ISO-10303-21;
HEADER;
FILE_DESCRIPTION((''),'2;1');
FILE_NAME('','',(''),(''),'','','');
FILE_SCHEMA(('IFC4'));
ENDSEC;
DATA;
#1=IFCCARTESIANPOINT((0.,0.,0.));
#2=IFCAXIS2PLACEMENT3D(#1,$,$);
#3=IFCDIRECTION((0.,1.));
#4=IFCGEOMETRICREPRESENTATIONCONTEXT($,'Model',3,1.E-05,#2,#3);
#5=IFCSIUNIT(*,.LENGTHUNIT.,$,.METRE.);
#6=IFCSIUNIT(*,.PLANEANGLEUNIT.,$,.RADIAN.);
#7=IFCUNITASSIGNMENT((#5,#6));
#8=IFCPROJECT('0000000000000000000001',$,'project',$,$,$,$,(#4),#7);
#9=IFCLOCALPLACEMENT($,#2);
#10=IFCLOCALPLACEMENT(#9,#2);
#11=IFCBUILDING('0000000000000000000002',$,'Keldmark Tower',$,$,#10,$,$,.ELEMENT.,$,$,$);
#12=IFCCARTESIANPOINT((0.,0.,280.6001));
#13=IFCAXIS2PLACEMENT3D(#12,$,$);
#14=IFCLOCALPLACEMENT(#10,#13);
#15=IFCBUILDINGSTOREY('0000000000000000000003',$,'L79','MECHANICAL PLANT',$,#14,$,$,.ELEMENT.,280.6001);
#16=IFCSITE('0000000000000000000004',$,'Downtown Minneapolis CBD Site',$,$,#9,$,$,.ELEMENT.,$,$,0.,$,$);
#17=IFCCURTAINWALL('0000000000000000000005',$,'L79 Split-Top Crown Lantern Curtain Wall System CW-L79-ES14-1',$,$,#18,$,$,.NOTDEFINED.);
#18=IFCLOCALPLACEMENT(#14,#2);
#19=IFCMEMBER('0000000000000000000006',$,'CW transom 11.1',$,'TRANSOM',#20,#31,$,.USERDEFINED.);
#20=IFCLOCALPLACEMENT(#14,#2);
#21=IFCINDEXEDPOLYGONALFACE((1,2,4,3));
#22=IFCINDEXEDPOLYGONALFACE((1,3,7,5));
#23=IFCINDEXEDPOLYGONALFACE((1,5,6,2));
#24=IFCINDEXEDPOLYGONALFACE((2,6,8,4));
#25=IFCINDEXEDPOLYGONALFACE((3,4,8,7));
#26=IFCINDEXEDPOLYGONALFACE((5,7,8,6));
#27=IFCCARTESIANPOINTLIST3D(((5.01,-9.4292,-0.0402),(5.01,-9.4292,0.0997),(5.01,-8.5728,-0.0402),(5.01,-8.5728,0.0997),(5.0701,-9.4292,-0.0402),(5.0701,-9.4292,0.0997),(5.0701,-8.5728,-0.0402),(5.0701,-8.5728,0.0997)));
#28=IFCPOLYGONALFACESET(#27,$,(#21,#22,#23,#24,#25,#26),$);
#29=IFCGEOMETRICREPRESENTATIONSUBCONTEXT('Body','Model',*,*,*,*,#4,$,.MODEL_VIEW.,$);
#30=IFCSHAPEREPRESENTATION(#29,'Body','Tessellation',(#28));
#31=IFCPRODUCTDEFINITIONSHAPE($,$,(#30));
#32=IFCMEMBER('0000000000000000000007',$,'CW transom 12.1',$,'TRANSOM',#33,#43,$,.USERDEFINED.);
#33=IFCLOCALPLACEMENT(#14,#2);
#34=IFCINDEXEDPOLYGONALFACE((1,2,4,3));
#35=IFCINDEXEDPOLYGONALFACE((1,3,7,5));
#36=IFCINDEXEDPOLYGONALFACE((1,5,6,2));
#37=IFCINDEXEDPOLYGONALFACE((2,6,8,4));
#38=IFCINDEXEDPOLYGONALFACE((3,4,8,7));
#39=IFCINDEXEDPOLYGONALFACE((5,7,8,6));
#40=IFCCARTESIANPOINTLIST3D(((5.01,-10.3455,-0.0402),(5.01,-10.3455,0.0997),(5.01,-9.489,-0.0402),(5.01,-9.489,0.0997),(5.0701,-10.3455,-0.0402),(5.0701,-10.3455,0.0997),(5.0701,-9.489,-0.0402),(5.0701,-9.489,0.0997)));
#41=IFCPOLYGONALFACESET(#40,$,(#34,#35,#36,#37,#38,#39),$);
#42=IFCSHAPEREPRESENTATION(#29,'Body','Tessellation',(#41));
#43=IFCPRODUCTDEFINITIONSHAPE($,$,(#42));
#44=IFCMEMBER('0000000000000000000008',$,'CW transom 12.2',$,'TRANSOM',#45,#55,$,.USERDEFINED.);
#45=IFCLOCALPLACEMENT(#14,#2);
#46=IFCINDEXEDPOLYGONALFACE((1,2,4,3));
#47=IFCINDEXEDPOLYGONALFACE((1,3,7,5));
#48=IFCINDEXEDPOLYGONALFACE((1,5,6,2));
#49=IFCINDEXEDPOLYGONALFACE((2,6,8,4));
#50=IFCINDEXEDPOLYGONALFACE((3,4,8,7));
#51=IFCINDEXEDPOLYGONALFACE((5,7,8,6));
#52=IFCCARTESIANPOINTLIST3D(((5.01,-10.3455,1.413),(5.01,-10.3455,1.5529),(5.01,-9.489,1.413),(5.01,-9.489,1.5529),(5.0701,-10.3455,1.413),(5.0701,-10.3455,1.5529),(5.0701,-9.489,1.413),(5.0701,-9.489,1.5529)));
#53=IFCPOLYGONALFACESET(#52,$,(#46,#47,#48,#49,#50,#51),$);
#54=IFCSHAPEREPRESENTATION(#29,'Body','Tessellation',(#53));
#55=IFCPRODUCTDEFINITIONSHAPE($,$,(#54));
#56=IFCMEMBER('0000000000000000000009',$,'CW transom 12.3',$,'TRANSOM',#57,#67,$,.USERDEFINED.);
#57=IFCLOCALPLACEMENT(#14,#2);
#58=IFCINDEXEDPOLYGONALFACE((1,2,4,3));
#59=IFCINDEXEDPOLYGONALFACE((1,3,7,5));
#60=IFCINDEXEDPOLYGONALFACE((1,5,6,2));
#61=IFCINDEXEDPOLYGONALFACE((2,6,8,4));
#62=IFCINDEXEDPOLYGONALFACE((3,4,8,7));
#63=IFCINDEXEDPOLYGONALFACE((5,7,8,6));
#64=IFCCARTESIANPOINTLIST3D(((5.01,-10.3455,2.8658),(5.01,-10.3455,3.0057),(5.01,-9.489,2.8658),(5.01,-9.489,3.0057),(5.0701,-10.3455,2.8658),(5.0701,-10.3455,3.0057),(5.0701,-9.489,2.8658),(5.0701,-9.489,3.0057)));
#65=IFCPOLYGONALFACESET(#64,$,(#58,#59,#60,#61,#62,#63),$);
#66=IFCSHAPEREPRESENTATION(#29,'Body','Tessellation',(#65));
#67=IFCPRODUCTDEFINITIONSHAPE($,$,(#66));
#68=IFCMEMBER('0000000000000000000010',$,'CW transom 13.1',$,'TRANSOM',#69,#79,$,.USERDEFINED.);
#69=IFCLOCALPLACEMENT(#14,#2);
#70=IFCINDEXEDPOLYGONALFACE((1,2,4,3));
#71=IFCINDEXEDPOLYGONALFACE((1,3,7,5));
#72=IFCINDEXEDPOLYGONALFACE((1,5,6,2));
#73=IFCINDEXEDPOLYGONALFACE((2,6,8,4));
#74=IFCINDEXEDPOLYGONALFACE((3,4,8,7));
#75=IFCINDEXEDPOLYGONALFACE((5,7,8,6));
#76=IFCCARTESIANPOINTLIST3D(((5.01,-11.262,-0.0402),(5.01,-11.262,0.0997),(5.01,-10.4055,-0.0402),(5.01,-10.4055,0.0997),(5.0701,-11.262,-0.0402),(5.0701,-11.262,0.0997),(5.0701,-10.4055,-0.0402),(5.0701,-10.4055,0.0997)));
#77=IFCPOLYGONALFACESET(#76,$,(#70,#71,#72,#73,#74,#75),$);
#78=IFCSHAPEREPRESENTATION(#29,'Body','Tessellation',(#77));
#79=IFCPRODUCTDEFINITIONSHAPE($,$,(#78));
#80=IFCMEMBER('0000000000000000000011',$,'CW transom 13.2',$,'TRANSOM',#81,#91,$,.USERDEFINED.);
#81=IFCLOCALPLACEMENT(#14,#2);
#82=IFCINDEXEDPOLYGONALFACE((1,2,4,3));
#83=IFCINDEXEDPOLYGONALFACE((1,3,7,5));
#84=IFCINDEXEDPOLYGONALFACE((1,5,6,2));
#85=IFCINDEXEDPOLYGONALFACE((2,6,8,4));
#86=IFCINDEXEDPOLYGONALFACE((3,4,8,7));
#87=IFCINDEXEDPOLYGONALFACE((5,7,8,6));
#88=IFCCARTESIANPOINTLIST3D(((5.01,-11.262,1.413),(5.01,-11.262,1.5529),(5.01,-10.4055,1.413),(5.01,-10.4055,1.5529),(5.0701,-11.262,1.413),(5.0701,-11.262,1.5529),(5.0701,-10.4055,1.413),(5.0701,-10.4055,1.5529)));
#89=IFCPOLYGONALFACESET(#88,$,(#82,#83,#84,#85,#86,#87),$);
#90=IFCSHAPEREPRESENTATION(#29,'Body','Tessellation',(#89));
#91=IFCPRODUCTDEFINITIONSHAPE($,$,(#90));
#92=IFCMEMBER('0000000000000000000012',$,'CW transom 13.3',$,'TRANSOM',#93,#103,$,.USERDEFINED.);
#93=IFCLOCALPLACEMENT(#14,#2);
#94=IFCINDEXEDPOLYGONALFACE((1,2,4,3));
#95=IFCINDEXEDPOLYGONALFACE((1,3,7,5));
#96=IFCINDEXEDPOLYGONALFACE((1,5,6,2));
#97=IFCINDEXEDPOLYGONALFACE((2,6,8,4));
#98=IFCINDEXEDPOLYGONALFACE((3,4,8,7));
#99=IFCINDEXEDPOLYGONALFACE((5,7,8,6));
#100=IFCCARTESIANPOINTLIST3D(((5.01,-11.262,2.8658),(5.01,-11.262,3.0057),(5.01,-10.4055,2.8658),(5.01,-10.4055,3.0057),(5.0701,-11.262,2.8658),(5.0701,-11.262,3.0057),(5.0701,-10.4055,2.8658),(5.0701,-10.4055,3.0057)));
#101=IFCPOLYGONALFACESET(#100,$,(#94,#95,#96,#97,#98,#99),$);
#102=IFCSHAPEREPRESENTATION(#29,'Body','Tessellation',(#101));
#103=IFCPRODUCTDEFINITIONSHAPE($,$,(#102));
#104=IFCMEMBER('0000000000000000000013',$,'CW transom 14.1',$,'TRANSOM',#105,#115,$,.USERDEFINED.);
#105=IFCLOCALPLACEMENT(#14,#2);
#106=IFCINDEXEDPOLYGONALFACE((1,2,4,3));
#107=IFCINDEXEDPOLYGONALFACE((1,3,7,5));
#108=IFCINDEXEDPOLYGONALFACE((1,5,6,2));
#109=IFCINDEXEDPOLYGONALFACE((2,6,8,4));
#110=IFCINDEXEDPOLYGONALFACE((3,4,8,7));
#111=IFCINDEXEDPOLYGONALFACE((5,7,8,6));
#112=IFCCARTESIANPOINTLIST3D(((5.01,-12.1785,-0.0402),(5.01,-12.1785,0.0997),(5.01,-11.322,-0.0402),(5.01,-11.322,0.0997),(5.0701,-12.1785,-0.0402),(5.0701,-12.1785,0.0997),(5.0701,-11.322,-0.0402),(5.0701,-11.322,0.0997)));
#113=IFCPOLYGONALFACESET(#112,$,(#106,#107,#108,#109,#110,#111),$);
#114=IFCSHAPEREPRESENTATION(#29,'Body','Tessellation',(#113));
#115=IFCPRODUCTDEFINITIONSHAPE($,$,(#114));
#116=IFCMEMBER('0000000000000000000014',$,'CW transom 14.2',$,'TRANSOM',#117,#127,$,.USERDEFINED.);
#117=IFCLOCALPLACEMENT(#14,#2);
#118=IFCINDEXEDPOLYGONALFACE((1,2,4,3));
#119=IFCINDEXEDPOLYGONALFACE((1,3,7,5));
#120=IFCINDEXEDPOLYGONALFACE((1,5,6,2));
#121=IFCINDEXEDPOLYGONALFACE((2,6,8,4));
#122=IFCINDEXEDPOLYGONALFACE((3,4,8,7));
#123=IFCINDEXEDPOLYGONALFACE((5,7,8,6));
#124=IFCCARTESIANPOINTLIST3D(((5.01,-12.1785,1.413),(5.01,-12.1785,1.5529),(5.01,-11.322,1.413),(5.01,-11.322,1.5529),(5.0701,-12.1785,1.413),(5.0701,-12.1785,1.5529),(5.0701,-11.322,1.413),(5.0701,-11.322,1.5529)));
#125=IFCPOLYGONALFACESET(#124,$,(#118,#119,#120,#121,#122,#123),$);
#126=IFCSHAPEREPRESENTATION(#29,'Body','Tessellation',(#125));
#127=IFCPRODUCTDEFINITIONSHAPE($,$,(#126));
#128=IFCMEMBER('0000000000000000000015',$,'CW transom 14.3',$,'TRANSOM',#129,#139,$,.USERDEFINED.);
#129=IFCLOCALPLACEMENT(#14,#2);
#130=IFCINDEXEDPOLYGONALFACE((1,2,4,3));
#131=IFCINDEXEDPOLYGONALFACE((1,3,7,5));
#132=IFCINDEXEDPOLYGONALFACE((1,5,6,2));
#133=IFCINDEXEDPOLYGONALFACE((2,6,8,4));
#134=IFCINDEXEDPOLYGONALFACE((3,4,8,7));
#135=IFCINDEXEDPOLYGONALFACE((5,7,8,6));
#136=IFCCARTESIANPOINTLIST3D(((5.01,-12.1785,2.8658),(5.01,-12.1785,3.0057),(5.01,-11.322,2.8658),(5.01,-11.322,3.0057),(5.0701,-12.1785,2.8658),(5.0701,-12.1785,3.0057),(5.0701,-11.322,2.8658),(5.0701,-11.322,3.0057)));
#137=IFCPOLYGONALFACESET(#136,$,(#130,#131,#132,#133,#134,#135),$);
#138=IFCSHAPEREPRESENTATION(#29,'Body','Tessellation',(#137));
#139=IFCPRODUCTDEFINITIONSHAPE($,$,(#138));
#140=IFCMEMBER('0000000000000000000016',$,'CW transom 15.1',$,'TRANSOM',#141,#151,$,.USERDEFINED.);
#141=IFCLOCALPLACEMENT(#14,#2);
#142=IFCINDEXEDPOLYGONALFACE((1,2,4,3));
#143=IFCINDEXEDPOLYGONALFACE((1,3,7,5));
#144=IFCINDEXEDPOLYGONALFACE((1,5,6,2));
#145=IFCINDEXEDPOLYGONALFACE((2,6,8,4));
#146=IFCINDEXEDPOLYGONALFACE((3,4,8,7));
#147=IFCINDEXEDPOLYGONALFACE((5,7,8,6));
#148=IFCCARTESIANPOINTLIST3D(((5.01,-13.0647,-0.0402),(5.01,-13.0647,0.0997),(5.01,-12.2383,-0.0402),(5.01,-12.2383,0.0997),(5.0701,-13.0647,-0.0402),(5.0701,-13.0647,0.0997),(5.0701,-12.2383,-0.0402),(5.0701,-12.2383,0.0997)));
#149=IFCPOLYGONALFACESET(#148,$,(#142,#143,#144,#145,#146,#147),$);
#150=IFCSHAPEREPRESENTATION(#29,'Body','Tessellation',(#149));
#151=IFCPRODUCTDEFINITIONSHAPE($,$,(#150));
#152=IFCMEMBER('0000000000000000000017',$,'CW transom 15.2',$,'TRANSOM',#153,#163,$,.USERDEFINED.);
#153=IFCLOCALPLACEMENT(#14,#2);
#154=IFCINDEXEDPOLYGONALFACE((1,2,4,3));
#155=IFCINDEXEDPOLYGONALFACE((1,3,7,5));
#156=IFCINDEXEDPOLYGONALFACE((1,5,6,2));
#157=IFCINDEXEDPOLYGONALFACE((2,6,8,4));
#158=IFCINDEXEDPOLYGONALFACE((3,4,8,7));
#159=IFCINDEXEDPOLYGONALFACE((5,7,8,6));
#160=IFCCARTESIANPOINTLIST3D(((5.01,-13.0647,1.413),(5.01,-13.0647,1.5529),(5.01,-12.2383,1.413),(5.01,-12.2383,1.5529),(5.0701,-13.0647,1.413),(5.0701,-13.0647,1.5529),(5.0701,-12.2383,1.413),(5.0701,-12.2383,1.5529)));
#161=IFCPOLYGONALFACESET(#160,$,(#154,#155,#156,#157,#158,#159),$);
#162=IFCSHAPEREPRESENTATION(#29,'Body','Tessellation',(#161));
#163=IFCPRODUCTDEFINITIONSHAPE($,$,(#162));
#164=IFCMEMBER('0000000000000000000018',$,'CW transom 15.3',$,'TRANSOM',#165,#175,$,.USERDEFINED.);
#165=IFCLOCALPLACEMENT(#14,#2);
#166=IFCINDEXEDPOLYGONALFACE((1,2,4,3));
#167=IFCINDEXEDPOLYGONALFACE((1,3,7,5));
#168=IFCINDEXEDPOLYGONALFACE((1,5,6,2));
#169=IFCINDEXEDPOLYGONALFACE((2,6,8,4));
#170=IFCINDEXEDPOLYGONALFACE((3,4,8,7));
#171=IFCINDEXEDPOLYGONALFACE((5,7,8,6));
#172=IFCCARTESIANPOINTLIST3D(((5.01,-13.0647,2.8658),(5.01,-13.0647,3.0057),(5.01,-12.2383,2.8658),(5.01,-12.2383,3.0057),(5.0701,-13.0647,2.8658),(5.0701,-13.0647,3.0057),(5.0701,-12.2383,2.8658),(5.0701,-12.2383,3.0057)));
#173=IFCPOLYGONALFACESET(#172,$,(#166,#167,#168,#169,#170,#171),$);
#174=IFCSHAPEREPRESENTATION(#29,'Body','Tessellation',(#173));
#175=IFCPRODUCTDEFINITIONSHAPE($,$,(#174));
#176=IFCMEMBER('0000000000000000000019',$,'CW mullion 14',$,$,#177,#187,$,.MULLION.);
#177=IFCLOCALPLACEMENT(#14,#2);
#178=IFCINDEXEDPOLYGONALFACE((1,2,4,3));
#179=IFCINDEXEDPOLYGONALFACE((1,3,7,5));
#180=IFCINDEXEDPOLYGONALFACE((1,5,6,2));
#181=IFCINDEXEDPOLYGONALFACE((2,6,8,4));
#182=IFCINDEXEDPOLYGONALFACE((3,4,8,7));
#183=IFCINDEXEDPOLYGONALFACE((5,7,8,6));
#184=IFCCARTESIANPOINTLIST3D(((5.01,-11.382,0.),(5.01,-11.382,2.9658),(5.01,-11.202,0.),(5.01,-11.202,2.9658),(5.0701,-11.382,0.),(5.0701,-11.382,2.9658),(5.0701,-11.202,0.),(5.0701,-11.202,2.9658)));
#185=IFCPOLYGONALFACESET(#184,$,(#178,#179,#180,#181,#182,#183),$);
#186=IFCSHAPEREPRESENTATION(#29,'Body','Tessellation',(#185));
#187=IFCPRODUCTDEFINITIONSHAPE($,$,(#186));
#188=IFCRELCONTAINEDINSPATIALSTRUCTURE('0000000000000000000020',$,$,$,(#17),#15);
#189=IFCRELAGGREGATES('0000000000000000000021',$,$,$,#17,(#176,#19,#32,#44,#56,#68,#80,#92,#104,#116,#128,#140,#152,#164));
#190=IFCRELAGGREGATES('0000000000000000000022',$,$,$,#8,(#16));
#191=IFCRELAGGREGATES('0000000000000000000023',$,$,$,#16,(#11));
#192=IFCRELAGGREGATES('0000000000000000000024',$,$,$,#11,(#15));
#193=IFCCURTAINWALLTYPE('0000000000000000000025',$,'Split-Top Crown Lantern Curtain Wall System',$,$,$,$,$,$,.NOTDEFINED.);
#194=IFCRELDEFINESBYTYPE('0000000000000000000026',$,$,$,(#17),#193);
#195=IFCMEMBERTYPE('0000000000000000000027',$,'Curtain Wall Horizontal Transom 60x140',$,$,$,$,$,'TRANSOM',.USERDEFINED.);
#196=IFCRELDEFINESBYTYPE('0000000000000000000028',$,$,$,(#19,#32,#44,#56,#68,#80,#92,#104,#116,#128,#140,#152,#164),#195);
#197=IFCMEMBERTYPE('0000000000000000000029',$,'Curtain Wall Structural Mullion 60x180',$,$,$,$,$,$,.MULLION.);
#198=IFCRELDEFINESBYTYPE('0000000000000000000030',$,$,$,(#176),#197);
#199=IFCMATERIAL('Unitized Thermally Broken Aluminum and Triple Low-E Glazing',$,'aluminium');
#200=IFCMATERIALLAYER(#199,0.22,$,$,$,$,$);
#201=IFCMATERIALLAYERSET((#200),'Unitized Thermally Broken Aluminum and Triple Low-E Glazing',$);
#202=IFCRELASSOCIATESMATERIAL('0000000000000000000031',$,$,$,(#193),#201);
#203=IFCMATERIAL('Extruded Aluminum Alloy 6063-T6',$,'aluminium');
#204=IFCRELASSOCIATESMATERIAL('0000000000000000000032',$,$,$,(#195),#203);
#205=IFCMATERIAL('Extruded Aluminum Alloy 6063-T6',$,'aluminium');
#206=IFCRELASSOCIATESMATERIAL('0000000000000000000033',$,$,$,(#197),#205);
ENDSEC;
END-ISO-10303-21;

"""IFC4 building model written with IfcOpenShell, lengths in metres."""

from ifc_helpers import new_model, si_unit, direction, frame, origin, origin_2d, place, context, subcontext, project, spatial, rectangle, extrude, material, layer, layer_set, material_profile, profile_set, type_object, element, aggregate, save


model = new_model("IFC4")

# Units and contexts
model_context = context("Model", 3, precision=1e-05, world=origin(), true_north=direction((0.0, 1.0)))
body_context = subcontext(model_context, "Body", "Model", "MODEL_VIEW")
ifc_project = project(units=[si_unit("LENGTHUNIT", "METRE"), si_unit("PLANEANGLEUNIT", "RADIAN")], contexts=[model_context])

# Site, building, storey
site_placement = place(None, origin())
site = spatial("IfcSite", under=ifc_project, at=site_placement, Name="Downtown Minneapolis CBD Site", CompositionType="ELEMENT", RefElevation=0.0)
building_placement = place(site_placement, origin())
building = spatial("IfcBuilding", under=site, at=building_placement, Name="Keldmark Tower", CompositionType="ELEMENT")
storey_placement = place(building_placement, frame((0.0, 0.0, 280.6001)))
storey = spatial("IfcBuildingStorey", under=building, at=storey_placement, Name="L79", Description="MECHANICAL PLANT", CompositionType="ELEMENT", Elevation=280.6001)

# Curtain wall, members
ifc_material_1 = material(Name="Unitized Thermally Broken Aluminum and Triple Low-E Glazing", Category="aluminium")
ifc_layer_1 = layer(ifc_material_1, 0.22)
ifc_layer_set_1 = layer_set([ifc_layer_1], Name="Unitized Thermally Broken Aluminum and Triple Low-E Glazing")
curtain_wall_type = type_object("IfcCurtainWallType", Name="Split-Top Crown Lantern Curtain Wall System", PredefinedType="NOTDEFINED", material=ifc_layer_set_1)
curtain_wall_placement = place(storey_placement, origin())
curtain_wall = element("IfcCurtainWall", 1, at=curtain_wall_placement, inside=storey, type_object=curtain_wall_type, Name="L79 Split-Top Crown Lantern Curtain Wall System CW-L79-ES14-1", PredefinedType="NOTDEFINED")
ifc_material_2 = material(Name="Extruded Aluminum Alloy 6063-T6", Category="aluminium")
ifc_material_profile_1 = material_profile(ifc_material_2, rectangle(XDim=0.0601, YDim=0.1399, at=origin_2d()), Name="CWT60X140")
ifc_profile_set_1 = profile_set([ifc_material_profile_1], Name="Extruded Aluminum Alloy 6063-T6")
member_type_1 = type_object("IfcMemberType", Name="Curtain Wall Horizontal Transom 60x140", ElementType="TRANSOM", PredefinedType="USERDEFINED", material=ifc_profile_set_1)
member_1_placement = place(storey_placement, frame((5.04, -8.5728, 0.0298), z_axis=(0.0, -1.0, 0.0), x_axis=(1.0, 0.0, 0.0)))
member_1 = element("IfcMember", 2, at=member_1_placement, type_object=member_type_1, Name="CW transom 11.1", ObjectType="TRANSOM", PredefinedType="USERDEFINED", context=body_context, shape_type="SweptSolid", body=[
    extrude(rectangle(XDim=0.0601, YDim=0.1399, at=origin_2d()), origin(), (0.0, 0.0, 1.0), 0.8564),
])
member_2_placement = place(storey_placement, frame((5.04, -9.489, 0.0298), z_axis=(0.0, -1.0, 0.0), x_axis=(1.0, 0.0, 0.0)))
member_2 = element("IfcMember", 3, at=member_2_placement, type_object=member_type_1, Name="CW transom 12.1", ObjectType="TRANSOM", PredefinedType="USERDEFINED", context=body_context, shape_type="SweptSolid", body=[
    extrude(rectangle(XDim=0.0601, YDim=0.1399, at=origin_2d()), origin(), (0.0, 0.0, 1.0), 0.8564),
])
member_3_placement = place(storey_placement, frame((5.04, -9.489, 1.4829), z_axis=(0.0, -1.0, 0.0), x_axis=(1.0, 0.0, 0.0)))
member_3 = element("IfcMember", 4, at=member_3_placement, type_object=member_type_1, Name="CW transom 12.2", ObjectType="TRANSOM", PredefinedType="USERDEFINED", context=body_context, shape_type="SweptSolid", body=[
    extrude(rectangle(XDim=0.0601, YDim=0.1399, at=origin_2d()), origin(), (0.0, 0.0, 1.0), 0.8564),
])
member_4_placement = place(storey_placement, frame((5.04, -9.489, 2.9358), z_axis=(0.0, -1.0, 0.0), x_axis=(1.0, 0.0, 0.0)))
member_4 = element("IfcMember", 5, at=member_4_placement, type_object=member_type_1, Name="CW transom 12.3", ObjectType="TRANSOM", PredefinedType="USERDEFINED", context=body_context, shape_type="SweptSolid", body=[
    extrude(rectangle(XDim=0.0601, YDim=0.1399, at=origin_2d()), origin(), (0.0, 0.0, 1.0), 0.8564),
])
member_5_placement = place(storey_placement, frame((5.04, -10.4055, 0.0298), z_axis=(0.0, -1.0, 0.0), x_axis=(1.0, 0.0, 0.0)))
member_5 = element("IfcMember", 6, at=member_5_placement, type_object=member_type_1, Name="CW transom 13.1", ObjectType="TRANSOM", PredefinedType="USERDEFINED", context=body_context, shape_type="SweptSolid", body=[
    extrude(rectangle(XDim=0.0601, YDim=0.1399, at=origin_2d()), origin(), (0.0, 0.0, 1.0), 0.8564),
])
member_6_placement = place(storey_placement, frame((5.04, -10.4055, 1.4829), z_axis=(0.0, -1.0, 0.0), x_axis=(1.0, 0.0, 0.0)))
member_6 = element("IfcMember", 7, at=member_6_placement, type_object=member_type_1, Name="CW transom 13.2", ObjectType="TRANSOM", PredefinedType="USERDEFINED", context=body_context, shape_type="SweptSolid", body=[
    extrude(rectangle(XDim=0.0601, YDim=0.1399, at=origin_2d()), origin(), (0.0, 0.0, 1.0), 0.8564),
])
member_7_placement = place(storey_placement, frame((5.04, -10.4055, 2.9358), z_axis=(0.0, -1.0, 0.0), x_axis=(1.0, 0.0, 0.0)))
member_7 = element("IfcMember", 8, at=member_7_placement, type_object=member_type_1, Name="CW transom 13.3", ObjectType="TRANSOM", PredefinedType="USERDEFINED", context=body_context, shape_type="SweptSolid", body=[
    extrude(rectangle(XDim=0.0601, YDim=0.1399, at=origin_2d()), origin(), (0.0, 0.0, 1.0), 0.8564),
])
member_8_placement = place(storey_placement, frame((5.04, -11.322, 0.0298), z_axis=(0.0, -1.0, 0.0), x_axis=(1.0, 0.0, 0.0)))
member_8 = element("IfcMember", 9, at=member_8_placement, type_object=member_type_1, Name="CW transom 14.1", ObjectType="TRANSOM", PredefinedType="USERDEFINED", context=body_context, shape_type="SweptSolid", body=[
    extrude(rectangle(XDim=0.0601, YDim=0.1399, at=origin_2d()), origin(), (0.0, 0.0, 1.0), 0.8564),
])
member_9_placement = place(storey_placement, frame((5.04, -11.322, 1.4829), z_axis=(0.0, -1.0, 0.0), x_axis=(1.0, 0.0, 0.0)))
member_9 = element("IfcMember", 10, at=member_9_placement, type_object=member_type_1, Name="CW transom 14.2", ObjectType="TRANSOM", PredefinedType="USERDEFINED", context=body_context, shape_type="SweptSolid", body=[
    extrude(rectangle(XDim=0.0601, YDim=0.1399, at=origin_2d()), origin(), (0.0, 0.0, 1.0), 0.8564),
])
member_10_placement = place(storey_placement, frame((5.04, -11.322, 2.9358), z_axis=(0.0, -1.0, 0.0), x_axis=(1.0, 0.0, 0.0)))
member_10 = element("IfcMember", 11, at=member_10_placement, type_object=member_type_1, Name="CW transom 14.3", ObjectType="TRANSOM", PredefinedType="USERDEFINED", context=body_context, shape_type="SweptSolid", body=[
    extrude(rectangle(XDim=0.0601, YDim=0.1399, at=origin_2d()), origin(), (0.0, 0.0, 1.0), 0.8564),
])
member_11_placement = place(storey_placement, frame((5.04, -12.2383, 0.0298), z_axis=(0.0, -1.0, 0.0), x_axis=(1.0, 0.0, 0.0)))
member_11 = element("IfcMember", 12, at=member_11_placement, type_object=member_type_1, Name="CW transom 15.1", ObjectType="TRANSOM", PredefinedType="USERDEFINED", context=body_context, shape_type="SweptSolid", body=[
    extrude(rectangle(XDim=0.0601, YDim=0.1399, at=origin_2d()), origin(), (0.0, 0.0, 1.0), 0.8264),
])
member_12_placement = place(storey_placement, frame((5.04, -12.2383, 1.4829), z_axis=(0.0, -1.0, 0.0), x_axis=(1.0, 0.0, 0.0)))
member_12 = element("IfcMember", 13, at=member_12_placement, type_object=member_type_1, Name="CW transom 15.2", ObjectType="TRANSOM", PredefinedType="USERDEFINED", context=body_context, shape_type="SweptSolid", body=[
    extrude(rectangle(XDim=0.0601, YDim=0.1399, at=origin_2d()), origin(), (0.0, 0.0, 1.0), 0.8264),
])
member_13_placement = place(storey_placement, frame((5.04, -12.2383, 2.9358), z_axis=(0.0, -1.0, 0.0), x_axis=(1.0, 0.0, 0.0)))
member_13 = element("IfcMember", 14, at=member_13_placement, type_object=member_type_1, Name="CW transom 15.3", ObjectType="TRANSOM", PredefinedType="USERDEFINED", context=body_context, shape_type="SweptSolid", body=[
    extrude(rectangle(XDim=0.0601, YDim=0.1399, at=origin_2d()), origin(), (0.0, 0.0, 1.0), 0.8264),
])
ifc_material_3 = material(Name="Extruded Aluminum Alloy 6063-T6", Category="aluminium")
ifc_material_profile_2 = material_profile(ifc_material_3, rectangle(XDim=0.0601, YDim=0.1799, at=origin_2d()), Name="CWM60X180")
ifc_profile_set_2 = profile_set([ifc_material_profile_2], Name="Extruded Aluminum Alloy 6063-T6")
member_type_2 = type_object("IfcMemberType", Name="Curtain Wall Structural Mullion 60x180", PredefinedType="MULLION", material=ifc_profile_set_2)
member_14_placement = place(storey_placement, frame((5.04, -11.292, 0.0), z_axis=(0.0, 0.0, 1.0), x_axis=(1.0, 0.0, 0.0)))
member_14 = element("IfcMember", 15, at=member_14_placement, type_object=member_type_2, Name="CW mullion 14", PredefinedType="MULLION", context=body_context, shape_type="SweptSolid", body=[
    extrude(rectangle(XDim=0.0601, YDim=0.1799, at=origin_2d()), origin(), (0.0, 0.0, 1.0), 2.9658),
])
aggregate(curtain_wall, [member_14, member_1, member_2, member_3, member_4, member_5, member_6, member_7, member_8, member_9, member_10, member_11, member_12, member_13])

save(model, "model.ifc")
